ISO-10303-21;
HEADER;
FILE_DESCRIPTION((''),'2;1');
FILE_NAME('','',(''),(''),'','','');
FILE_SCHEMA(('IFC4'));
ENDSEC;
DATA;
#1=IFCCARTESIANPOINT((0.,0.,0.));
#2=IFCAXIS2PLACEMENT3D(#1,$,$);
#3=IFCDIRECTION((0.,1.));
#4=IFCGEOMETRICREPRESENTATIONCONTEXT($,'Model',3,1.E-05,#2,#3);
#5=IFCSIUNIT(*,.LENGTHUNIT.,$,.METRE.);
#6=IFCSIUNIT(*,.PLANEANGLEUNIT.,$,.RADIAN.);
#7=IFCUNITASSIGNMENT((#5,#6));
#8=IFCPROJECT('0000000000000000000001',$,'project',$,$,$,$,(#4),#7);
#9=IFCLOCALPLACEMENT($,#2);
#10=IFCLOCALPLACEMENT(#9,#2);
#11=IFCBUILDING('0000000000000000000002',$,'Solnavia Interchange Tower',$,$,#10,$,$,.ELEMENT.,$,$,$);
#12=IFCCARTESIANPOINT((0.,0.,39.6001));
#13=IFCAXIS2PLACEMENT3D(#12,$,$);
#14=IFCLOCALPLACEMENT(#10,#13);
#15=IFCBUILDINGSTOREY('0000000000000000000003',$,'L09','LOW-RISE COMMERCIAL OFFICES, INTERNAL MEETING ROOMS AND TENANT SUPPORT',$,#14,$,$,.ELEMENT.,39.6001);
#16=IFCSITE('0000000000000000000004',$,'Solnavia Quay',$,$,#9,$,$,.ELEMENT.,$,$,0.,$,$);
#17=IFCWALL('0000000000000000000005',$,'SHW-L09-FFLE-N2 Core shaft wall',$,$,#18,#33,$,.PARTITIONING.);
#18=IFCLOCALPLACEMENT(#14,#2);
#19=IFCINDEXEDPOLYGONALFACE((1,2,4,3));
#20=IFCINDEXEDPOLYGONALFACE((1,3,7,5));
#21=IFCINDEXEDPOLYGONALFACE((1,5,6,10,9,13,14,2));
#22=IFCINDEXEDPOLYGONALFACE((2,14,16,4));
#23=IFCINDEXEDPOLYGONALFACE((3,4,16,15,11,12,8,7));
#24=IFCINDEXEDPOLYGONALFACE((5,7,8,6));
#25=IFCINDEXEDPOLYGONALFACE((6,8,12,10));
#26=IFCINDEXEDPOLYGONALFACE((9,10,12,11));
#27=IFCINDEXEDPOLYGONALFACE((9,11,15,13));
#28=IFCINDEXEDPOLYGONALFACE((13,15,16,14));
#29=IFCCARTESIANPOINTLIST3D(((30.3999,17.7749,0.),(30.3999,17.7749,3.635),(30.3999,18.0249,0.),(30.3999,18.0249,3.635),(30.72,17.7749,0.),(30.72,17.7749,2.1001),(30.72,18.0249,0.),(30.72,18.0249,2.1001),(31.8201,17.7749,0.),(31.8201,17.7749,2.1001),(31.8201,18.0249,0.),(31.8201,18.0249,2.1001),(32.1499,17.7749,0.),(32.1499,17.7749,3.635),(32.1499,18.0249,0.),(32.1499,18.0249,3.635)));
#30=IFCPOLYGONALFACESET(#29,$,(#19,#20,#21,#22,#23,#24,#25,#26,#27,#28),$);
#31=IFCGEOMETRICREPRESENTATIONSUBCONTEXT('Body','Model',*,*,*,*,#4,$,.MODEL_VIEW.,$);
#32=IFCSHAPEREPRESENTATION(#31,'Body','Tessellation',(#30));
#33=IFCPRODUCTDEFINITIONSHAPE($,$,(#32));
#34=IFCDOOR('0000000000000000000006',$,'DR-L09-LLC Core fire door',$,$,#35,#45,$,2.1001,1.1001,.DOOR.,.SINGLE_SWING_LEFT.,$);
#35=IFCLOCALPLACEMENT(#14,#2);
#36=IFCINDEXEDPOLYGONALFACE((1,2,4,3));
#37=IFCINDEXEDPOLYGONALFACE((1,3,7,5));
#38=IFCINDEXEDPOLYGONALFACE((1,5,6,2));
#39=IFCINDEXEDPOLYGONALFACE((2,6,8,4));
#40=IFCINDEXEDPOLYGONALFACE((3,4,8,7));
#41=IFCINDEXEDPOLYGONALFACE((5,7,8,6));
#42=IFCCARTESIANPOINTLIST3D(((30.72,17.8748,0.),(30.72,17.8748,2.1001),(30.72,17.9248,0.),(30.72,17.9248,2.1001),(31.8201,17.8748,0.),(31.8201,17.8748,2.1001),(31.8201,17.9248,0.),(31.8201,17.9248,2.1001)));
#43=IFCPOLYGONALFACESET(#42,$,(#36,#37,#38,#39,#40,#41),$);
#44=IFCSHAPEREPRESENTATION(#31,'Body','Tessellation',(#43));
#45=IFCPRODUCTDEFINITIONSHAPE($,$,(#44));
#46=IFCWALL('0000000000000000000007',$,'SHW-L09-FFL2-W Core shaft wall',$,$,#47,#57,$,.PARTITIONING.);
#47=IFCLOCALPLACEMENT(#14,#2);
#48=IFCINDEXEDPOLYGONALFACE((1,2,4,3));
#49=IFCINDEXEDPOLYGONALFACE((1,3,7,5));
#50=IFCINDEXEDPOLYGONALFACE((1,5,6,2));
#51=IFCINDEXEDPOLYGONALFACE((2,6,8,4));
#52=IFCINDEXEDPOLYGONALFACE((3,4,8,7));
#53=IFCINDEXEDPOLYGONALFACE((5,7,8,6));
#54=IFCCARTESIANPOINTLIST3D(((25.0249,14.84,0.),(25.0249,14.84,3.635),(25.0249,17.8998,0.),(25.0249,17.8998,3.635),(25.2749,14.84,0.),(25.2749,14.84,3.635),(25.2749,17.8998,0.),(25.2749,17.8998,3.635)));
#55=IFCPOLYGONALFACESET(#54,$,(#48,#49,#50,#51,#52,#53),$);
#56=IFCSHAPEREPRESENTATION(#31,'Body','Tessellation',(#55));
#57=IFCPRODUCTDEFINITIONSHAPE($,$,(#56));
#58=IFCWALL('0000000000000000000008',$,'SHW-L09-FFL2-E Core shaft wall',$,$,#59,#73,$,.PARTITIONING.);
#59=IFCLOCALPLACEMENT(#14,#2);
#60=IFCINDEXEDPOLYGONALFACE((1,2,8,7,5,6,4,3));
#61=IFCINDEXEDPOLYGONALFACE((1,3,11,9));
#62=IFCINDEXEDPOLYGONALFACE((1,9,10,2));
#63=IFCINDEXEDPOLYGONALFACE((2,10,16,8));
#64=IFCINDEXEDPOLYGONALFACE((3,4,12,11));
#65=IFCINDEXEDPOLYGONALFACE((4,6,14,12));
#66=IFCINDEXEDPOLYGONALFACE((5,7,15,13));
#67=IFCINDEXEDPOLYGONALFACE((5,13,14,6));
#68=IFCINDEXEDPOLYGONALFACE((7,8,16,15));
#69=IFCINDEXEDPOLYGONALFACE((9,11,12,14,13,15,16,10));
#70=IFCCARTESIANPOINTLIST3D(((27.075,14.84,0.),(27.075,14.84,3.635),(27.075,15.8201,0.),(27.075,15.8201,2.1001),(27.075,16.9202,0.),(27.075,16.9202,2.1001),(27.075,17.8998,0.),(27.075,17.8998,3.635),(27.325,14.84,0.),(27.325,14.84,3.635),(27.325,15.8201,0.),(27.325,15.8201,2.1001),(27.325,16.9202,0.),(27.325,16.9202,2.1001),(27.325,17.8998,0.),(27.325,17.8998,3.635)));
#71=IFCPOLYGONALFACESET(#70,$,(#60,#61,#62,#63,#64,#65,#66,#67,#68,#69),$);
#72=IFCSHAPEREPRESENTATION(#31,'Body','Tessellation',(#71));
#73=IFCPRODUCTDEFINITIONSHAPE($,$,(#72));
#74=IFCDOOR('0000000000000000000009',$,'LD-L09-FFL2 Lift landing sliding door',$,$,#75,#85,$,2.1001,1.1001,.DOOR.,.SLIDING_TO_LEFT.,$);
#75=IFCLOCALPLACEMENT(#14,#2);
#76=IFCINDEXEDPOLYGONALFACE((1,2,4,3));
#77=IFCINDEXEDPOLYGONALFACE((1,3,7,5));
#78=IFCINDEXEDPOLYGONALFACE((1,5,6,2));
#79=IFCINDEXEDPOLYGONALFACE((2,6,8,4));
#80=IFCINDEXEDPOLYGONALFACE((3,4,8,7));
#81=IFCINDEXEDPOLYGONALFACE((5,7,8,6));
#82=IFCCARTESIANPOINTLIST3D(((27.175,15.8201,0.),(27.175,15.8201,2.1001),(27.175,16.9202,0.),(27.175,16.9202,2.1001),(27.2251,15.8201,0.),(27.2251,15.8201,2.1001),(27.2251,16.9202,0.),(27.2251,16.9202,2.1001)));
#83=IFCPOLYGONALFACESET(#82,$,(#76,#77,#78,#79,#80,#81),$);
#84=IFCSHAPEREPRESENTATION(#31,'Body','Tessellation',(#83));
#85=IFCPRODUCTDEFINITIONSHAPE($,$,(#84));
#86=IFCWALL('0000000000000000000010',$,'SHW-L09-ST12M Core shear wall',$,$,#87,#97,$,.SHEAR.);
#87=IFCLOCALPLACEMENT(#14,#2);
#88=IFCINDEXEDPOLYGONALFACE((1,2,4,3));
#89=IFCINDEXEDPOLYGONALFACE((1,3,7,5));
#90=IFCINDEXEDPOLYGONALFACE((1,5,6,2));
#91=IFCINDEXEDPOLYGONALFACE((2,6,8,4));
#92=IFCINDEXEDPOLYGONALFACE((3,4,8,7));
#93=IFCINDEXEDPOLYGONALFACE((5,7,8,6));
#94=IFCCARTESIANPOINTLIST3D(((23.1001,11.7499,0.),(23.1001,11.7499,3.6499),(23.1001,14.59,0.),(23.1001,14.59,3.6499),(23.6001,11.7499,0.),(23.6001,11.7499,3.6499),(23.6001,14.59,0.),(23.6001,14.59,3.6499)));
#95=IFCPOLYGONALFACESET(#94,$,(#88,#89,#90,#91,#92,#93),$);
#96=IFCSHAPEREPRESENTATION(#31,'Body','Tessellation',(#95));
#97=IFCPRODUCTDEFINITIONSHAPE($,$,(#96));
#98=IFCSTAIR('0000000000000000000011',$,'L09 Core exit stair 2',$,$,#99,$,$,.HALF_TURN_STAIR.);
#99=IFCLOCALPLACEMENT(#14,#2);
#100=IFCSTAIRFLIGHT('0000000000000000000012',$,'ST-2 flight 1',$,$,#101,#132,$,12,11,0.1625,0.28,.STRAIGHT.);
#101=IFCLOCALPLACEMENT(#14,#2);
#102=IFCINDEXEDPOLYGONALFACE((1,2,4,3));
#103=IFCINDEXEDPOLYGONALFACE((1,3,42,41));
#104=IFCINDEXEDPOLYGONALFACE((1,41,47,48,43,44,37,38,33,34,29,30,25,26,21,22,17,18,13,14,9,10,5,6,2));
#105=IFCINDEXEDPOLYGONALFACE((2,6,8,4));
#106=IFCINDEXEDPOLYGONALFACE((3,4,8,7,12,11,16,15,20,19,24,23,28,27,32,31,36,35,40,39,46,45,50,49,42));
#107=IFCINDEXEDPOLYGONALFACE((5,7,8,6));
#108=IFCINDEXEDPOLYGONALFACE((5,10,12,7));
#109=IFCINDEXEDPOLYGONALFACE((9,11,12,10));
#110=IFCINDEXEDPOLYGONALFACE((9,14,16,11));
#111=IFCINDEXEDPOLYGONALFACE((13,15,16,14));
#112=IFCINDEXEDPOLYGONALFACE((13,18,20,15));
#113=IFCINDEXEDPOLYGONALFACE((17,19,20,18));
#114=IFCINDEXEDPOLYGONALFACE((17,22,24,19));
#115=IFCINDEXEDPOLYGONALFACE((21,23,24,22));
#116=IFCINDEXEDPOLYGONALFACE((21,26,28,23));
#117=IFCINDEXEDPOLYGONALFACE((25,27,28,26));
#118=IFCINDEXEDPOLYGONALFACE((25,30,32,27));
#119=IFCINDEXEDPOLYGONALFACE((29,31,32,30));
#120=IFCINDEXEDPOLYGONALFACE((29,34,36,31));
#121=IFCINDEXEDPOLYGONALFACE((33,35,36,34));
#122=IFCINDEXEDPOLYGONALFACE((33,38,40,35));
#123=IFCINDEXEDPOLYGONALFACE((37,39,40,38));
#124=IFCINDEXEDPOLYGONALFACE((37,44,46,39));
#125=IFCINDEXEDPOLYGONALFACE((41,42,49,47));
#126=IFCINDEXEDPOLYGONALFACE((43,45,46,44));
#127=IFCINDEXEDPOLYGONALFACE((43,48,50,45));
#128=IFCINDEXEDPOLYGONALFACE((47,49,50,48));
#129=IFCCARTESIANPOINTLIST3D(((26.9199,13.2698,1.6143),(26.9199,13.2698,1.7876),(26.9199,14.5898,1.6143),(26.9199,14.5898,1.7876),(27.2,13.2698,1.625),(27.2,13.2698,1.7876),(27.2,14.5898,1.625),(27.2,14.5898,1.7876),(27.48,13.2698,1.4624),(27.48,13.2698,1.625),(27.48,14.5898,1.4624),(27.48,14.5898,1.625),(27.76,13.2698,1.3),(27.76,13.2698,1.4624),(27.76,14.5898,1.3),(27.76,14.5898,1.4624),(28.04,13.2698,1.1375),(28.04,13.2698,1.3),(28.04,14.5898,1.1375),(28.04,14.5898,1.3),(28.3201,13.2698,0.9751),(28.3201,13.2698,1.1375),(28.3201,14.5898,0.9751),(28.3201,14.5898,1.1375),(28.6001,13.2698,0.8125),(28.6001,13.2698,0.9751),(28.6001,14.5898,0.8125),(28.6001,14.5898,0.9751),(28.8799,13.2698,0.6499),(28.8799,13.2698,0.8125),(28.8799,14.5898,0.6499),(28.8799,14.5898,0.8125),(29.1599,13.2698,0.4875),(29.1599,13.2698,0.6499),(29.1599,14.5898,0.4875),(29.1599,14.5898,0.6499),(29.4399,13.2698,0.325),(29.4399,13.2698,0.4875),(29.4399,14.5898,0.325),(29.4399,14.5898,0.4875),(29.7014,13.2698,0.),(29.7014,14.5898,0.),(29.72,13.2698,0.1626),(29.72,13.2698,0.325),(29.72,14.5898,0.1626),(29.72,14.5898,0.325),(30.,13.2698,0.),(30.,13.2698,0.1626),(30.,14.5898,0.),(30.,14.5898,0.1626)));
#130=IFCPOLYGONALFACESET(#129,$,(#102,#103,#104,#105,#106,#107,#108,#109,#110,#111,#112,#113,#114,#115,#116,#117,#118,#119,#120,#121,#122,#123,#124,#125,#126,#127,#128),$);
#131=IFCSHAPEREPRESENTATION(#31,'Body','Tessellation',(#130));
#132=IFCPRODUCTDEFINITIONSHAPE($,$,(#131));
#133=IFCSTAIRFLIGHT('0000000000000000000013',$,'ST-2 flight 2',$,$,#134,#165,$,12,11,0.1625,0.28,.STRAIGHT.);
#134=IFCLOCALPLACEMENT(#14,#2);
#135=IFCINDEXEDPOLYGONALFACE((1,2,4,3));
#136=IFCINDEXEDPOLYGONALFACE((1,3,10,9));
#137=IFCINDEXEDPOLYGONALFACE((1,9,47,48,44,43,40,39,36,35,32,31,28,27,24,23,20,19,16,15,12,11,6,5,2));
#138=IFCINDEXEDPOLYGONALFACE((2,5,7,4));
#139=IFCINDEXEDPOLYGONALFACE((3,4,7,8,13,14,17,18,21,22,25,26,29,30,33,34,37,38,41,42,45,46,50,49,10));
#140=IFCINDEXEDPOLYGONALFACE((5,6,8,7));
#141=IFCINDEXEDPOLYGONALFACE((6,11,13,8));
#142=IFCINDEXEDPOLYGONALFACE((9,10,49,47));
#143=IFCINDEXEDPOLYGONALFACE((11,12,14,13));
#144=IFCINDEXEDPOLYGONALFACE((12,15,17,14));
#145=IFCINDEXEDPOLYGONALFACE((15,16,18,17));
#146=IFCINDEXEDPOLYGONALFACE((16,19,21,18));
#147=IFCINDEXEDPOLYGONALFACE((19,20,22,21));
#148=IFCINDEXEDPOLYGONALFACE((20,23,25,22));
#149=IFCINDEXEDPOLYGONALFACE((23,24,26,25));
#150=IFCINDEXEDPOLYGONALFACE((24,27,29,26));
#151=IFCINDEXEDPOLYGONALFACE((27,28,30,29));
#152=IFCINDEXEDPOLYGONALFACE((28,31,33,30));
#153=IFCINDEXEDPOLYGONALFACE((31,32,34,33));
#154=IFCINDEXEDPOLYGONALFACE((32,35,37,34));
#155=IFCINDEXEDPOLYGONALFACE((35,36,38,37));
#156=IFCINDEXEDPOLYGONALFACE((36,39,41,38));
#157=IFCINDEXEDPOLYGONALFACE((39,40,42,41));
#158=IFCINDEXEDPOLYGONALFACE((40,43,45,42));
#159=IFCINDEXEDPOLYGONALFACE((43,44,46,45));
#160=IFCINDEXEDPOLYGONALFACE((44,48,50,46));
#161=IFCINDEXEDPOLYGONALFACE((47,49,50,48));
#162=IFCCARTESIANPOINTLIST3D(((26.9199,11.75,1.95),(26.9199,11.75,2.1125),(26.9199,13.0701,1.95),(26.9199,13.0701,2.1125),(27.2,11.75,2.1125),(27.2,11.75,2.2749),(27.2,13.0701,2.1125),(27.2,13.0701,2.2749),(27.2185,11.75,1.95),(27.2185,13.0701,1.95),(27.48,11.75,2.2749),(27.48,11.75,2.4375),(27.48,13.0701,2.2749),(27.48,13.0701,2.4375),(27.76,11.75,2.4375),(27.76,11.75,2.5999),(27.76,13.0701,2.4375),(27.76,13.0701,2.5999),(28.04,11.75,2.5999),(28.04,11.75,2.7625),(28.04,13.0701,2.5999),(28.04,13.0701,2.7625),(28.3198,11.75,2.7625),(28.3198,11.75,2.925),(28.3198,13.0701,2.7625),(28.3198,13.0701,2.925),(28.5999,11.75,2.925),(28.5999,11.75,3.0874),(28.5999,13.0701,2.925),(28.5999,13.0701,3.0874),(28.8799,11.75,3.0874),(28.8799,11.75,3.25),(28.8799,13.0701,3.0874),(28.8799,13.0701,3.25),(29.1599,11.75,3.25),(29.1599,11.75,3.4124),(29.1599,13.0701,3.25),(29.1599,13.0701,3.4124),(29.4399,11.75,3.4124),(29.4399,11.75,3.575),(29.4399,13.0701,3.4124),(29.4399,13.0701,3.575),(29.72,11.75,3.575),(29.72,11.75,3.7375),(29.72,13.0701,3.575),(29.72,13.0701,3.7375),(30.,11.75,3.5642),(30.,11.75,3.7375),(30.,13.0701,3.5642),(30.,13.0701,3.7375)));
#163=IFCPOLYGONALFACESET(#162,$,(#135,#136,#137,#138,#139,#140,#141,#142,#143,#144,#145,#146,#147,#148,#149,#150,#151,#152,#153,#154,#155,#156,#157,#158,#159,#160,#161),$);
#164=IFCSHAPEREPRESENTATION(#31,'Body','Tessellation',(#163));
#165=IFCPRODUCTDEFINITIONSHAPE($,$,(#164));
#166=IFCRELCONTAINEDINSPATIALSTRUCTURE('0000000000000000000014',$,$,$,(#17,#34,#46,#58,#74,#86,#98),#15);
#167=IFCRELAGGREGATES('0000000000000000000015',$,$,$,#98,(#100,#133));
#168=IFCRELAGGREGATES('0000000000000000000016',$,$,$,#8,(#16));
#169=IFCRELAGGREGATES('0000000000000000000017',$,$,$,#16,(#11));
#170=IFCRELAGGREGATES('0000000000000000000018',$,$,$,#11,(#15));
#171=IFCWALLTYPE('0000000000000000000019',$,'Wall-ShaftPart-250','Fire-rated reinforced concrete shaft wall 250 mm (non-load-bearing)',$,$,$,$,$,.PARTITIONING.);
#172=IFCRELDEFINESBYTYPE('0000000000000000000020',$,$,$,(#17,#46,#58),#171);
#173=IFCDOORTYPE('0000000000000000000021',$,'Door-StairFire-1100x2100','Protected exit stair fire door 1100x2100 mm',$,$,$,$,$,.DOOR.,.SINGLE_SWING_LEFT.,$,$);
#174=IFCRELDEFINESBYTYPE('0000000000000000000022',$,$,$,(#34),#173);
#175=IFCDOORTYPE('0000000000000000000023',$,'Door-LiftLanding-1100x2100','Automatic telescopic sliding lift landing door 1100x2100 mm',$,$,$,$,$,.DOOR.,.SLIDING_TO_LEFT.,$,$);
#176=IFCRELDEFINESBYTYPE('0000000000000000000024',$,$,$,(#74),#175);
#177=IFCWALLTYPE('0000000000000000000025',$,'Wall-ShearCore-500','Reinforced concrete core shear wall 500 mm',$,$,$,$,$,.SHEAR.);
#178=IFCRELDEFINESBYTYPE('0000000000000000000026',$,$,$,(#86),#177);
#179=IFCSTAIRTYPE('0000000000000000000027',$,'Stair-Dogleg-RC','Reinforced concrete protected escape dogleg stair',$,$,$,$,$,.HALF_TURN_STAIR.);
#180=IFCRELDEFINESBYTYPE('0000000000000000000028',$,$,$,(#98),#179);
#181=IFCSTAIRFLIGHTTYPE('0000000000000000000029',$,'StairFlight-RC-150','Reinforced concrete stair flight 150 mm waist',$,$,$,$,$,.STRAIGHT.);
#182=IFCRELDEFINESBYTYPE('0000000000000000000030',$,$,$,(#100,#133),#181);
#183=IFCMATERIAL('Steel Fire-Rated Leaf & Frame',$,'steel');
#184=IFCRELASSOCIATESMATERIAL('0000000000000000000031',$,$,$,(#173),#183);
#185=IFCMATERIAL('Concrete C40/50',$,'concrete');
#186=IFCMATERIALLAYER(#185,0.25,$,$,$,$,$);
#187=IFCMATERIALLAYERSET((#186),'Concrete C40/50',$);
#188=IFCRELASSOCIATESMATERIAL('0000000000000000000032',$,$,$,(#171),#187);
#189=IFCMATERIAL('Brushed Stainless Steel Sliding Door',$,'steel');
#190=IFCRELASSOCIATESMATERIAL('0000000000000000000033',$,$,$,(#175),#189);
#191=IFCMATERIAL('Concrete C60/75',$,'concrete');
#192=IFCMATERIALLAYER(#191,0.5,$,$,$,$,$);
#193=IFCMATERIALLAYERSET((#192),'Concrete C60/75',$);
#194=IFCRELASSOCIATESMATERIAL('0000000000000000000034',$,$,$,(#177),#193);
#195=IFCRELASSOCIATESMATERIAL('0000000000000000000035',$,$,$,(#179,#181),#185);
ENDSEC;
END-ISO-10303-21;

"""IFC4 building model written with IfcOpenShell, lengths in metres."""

from ifc_helpers import new_model, si_unit, direction, frame, frame_2d, origin, place, context, subcontext, project, spatial, polyline, rectangle, outline, extrude, material, layer, layer_set, type_object, element, fill, aggregate, save


model = new_model("IFC4")

# Units and contexts
model_context = context("Model", 3, precision=1e-05, world=origin(), true_north=direction((0.0, 1.0)))
body_context = subcontext(model_context, "Body", "Model", "MODEL_VIEW")
ifc_project = project(units=[si_unit("LENGTHUNIT", "METRE"), si_unit("PLANEANGLEUNIT", "RADIAN")], contexts=[model_context])

# Site, building, storey
site_placement = place(None, origin())
site = spatial("IfcSite", under=ifc_project, at=site_placement, Name="Solnavia Quay", CompositionType="ELEMENT", RefElevation=0.0)
building_placement = place(site_placement, origin())
building = spatial("IfcBuilding", under=site, at=building_placement, Name="Solnavia Interchange Tower", CompositionType="ELEMENT")
storey_placement = place(building_placement, frame((0.0, 0.0, 39.6001)))
storey = spatial("IfcBuildingStorey", under=building, at=storey_placement, Name="L09", Description="LOW-RISE COMMERCIAL OFFICES, INTERNAL MEETING ROOMS AND TENANT SUPPORT", CompositionType="ELEMENT", Elevation=39.6001)

# Shared definitions
ifc_material_1 = material(Name="Concrete C60/75", Category="concrete")

# Shared definitions
ifc_material_2 = material(Name="Concrete C40/50", Category="concrete")

# Wall, opening, door
ifc_material_3 = material(Name="Steel Fire-Rated Leaf & Frame", Category="steel")
door_type_1 = type_object("IfcDoorType", Name="Door-StairFire-1100x2100", Description="Protected exit stair fire door 1100x2100 mm", OperationType="SINGLE_SWING_LEFT", PredefinedType="DOOR", material=ifc_material_3)
ifc_layer_1 = layer(ifc_material_2, 0.25)
ifc_layer_set_1 = layer_set([ifc_layer_1], Name="Concrete C40/50")
wall_type_1 = type_object("IfcWallType", Name="Wall-ShaftPart-250", Description="Fire-rated reinforced concrete shaft wall 250 mm (non-load-bearing)", PredefinedType="PARTITIONING", material=ifc_layer_set_1)
wall_1_placement = place(storey_placement, frame((30.3999, 17.8999, 0.0), z_axis=(0.0, 0.0, 1.0), x_axis=(1.0, 0.0, 0.0)))
wall_1 = element("IfcWall", 1, at=wall_1_placement, inside=storey, type_object=wall_type_1, Name="SHW-L09-FFLE-N2 Core shaft wall", PredefinedType="PARTITIONING", context=body_context, shape_type="SweptSolid", body=[
    extrude(rectangle(XDim=1.75, YDim=0.25, at=frame_2d((0.875, 0.0))), origin(), (0.0, 0.0, 1.0), 3.635),
])
opening_1_placement = place(wall_1_placement, frame((0.3201, 0.0, 0.0)))
opening_1 = element("IfcOpeningElement", 2, at=opening_1_placement, cuts=wall_1, PredefinedType="OPENING", context=body_context, shape_type="SweptSolid", body=[
    extrude(rectangle(XDim=1.1001, YDim=2.1001, at=frame_2d((0.55, 1.05))), frame((0.0, 0.135, 0.0), z_axis=(0.0, -1.0, 0.0), x_axis=(1.0, 0.0, 0.0)), (0.0, 0.0, 1.0), 0.27),
])
door_1_placement = place(opening_1_placement, origin())
door_1 = element("IfcDoor", 3, at=door_1_placement, inside=storey, type_object=door_type_1, Name="DR-L09-LLC Core fire door", OperationType="SINGLE_SWING_LEFT", OverallHeight=2.1001, OverallWidth=1.1001, PredefinedType="DOOR", context=body_context, shape_type="SweptSolid", body=[
    extrude(rectangle(XDim=1.1001, YDim=2.1001, at=frame_2d((0.55, 1.05))), frame((0.0, 0.0249, 0.0), z_axis=(0.0, -1.0, 0.0), x_axis=(1.0, 0.0, 0.0)), (0.0, 0.0, 1.0), 0.05),
])
fill(opening_1, door_1)

# Wall
wall_2_placement = place(storey_placement, frame((25.1499, 14.8401, 0.0), z_axis=(0.0, 0.0, 1.0), x_axis=(0.0, 1.0, 0.0)))
element("IfcWall", 4, at=wall_2_placement, inside=storey, type_object=wall_type_1, Name="SHW-L09-FFL2-W Core shaft wall", PredefinedType="PARTITIONING", context=body_context, shape_type="SweptSolid", body=[
    extrude(rectangle(XDim=3.0598, YDim=0.25, at=frame_2d((1.5298, 0.0))), origin(), (0.0, 0.0, 1.0), 3.635),
])

# Wall, opening, door
wall_3_placement = place(storey_placement, frame((27.2, 14.8401, 0.0), z_axis=(0.0, 0.0, 1.0), x_axis=(0.0, 1.0, 0.0)))
wall_3 = element("IfcWall", 5, at=wall_3_placement, inside=storey, type_object=wall_type_1, Name="SHW-L09-FFL2-E Core shaft wall", PredefinedType="PARTITIONING", context=body_context, shape_type="SweptSolid", body=[
    extrude(rectangle(XDim=3.0598, YDim=0.25, at=frame_2d((1.5298, 0.0))), origin(), (0.0, 0.0, 1.0), 3.635),
])
opening_2_placement = place(wall_3_placement, frame((0.98, 0.0, 0.0)))
opening_2 = element("IfcOpeningElement", 6, at=opening_2_placement, cuts=wall_3, PredefinedType="OPENING", context=body_context, shape_type="SweptSolid", body=[
    extrude(rectangle(XDim=1.1001, YDim=2.1001, at=frame_2d((0.55, 1.05))), frame((0.0, 0.135, 0.0), z_axis=(0.0, -1.0, 0.0), x_axis=(1.0, 0.0, 0.0)), (0.0, 0.0, 1.0), 0.27),
])
ifc_material_4 = material(Name="Brushed Stainless Steel Sliding Door", Category="steel")
door_type_2 = type_object("IfcDoorType", Name="Door-LiftLanding-1100x2100", Description="Automatic telescopic sliding lift landing door 1100x2100 mm", OperationType="SLIDING_TO_LEFT", PredefinedType="DOOR", material=ifc_material_4)
door_2_placement = place(opening_2_placement, origin())
door_2 = element("IfcDoor", 7, at=door_2_placement, inside=storey, type_object=door_type_2, Name="LD-L09-FFL2 Lift landing sliding door", OperationType="SLIDING_TO_LEFT", OverallHeight=2.1001, OverallWidth=1.1001, PredefinedType="DOOR", context=body_context, shape_type="SweptSolid", body=[
    extrude(rectangle(XDim=1.1001, YDim=2.1001, at=frame_2d((0.55, 1.05))), frame((0.0, 0.0249, 0.0), z_axis=(0.0, -1.0, 0.0), x_axis=(1.0, 0.0, 0.0)), (0.0, 0.0, 1.0), 0.05),
])
fill(opening_2, door_2)

# Wall
ifc_layer_2 = layer(ifc_material_1, 0.5)
ifc_layer_set_2 = layer_set([ifc_layer_2], Name="Concrete C60/75")
wall_type_2 = type_object("IfcWallType", Name="Wall-ShearCore-500", Description="Reinforced concrete core shear wall 500 mm", PredefinedType="SHEAR", material=ifc_layer_set_2)
wall_4_placement = place(storey_placement, frame((23.3501, 11.75, 0.0), z_axis=(0.0, 0.0, 1.0), x_axis=(0.0, 1.0, 0.0)))
element("IfcWall", 8, at=wall_4_placement, inside=storey, type_object=wall_type_2, Name="SHW-L09-ST12M Core shear wall", PredefinedType="SHEAR", context=body_context, shape_type="SweptSolid", body=[
    extrude(rectangle(XDim=2.8401, YDim=0.5, at=frame_2d((1.4199, 0.0))), origin(), (0.0, 0.0, 1.0), 3.6499),
])

# Stair, stair flights
stair_type = type_object("IfcStairType", Name="Stair-Dogleg-RC", Description="Reinforced concrete protected escape dogleg stair", PredefinedType="HALF_TURN_STAIR", material=ifc_material_2)
stair_placement = place(storey_placement, origin())
stair = element("IfcStair", 9, at=stair_placement, inside=storey, type_object=stair_type, Name="L09 Core exit stair 2", PredefinedType="HALF_TURN_STAIR")
stair_flight_type = type_object("IfcStairFlightType", Name="StairFlight-RC-150", Description="Reinforced concrete stair flight 150 mm waist", PredefinedType="STRAIGHT", material=ifc_material_2)
stair_flight_1_placement = place(storey_placement, frame((30.0, 13.9299, 0.0), z_axis=(0.0, 0.0, 1.0), x_axis=(-1.0, 0.0, 0.0)))
stair_flight_1 = element("IfcStairFlight", 10, at=stair_flight_1_placement, type_object=stair_flight_type, Name="ST-2 flight 1", NumberOfRisers=12, NumberOfTreads=11, PredefinedType="STRAIGHT", RiserHeight=0.1625, TreadLength=0.28, context=body_context, shape_type="SweptSolid", body=[
    extrude(outline(polyline([(0.0, 0.0), (0.0, 0.1626), (0.28, 0.1626), (0.28, 0.325), (0.5601, 0.325), (0.5601, 0.4875), (0.8401, 0.4875), (0.8401, 0.6499), (1.1201, 0.6499), (1.1201, 0.8125), (1.3999, 0.8125), (1.3999, 0.9751), (1.6799, 0.9751), (1.6799, 1.1375), (1.96, 1.1375), (1.96, 1.3), (2.24, 1.3), (2.24, 1.4624), (2.52, 1.4624), (2.52, 1.625), (2.8, 1.625), (2.8, 1.7876), (3.0801, 1.7876), (3.0801, 1.95), (3.0801, 1.6143), (0.2986, 0.0), (0.0, 0.0)])), frame((0.0, 0.6602, 0.0), z_axis=(0.0, -1.0, 0.0), x_axis=(1.0, 0.0, 0.0)), (0.0, 0.0, 1.0), 1.3201),
])
stair_flight_2_placement = place(storey_placement, frame((26.9199, 12.4099, 1.95), z_axis=(0.0, 0.0, 1.0), x_axis=(1.0, 0.0, 0.0)))
stair_flight_2 = element("IfcStairFlight", 11, at=stair_flight_2_placement, type_object=stair_flight_type, Name="ST-2 flight 2", NumberOfRisers=12, NumberOfTreads=11, PredefinedType="STRAIGHT", RiserHeight=0.1625, TreadLength=0.28, context=body_context, shape_type="SweptSolid", body=[
    extrude(outline(polyline([(0.0, 0.0), (0.0, 0.1626), (0.28, 0.1626), (0.28, 0.325), (0.5601, 0.325), (0.5601, 0.4875), (0.8401, 0.4875), (0.8401, 0.6499), (1.1201, 0.6499), (1.1201, 0.8125), (1.3999, 0.8125), (1.3999, 0.9751), (1.6799, 0.9751), (1.6799, 1.1375), (1.96, 1.1375), (1.96, 1.3), (2.24, 1.3), (2.24, 1.4624), (2.52, 1.4624), (2.52, 1.625), (2.8, 1.625), (2.8, 1.7876), (3.0801, 1.7876), (3.0801, 1.95), (3.0801, 1.6143), (0.2986, 0.0), (0.0, 0.0)])), frame((0.0, 0.6602, 0.0), z_axis=(0.0, -1.0, 0.0), x_axis=(1.0, 0.0, 0.0)), (0.0, 0.0, 1.0), 1.3201),
])
aggregate(stair, [stair_flight_1, stair_flight_2])

save(model, "model.ifc")
